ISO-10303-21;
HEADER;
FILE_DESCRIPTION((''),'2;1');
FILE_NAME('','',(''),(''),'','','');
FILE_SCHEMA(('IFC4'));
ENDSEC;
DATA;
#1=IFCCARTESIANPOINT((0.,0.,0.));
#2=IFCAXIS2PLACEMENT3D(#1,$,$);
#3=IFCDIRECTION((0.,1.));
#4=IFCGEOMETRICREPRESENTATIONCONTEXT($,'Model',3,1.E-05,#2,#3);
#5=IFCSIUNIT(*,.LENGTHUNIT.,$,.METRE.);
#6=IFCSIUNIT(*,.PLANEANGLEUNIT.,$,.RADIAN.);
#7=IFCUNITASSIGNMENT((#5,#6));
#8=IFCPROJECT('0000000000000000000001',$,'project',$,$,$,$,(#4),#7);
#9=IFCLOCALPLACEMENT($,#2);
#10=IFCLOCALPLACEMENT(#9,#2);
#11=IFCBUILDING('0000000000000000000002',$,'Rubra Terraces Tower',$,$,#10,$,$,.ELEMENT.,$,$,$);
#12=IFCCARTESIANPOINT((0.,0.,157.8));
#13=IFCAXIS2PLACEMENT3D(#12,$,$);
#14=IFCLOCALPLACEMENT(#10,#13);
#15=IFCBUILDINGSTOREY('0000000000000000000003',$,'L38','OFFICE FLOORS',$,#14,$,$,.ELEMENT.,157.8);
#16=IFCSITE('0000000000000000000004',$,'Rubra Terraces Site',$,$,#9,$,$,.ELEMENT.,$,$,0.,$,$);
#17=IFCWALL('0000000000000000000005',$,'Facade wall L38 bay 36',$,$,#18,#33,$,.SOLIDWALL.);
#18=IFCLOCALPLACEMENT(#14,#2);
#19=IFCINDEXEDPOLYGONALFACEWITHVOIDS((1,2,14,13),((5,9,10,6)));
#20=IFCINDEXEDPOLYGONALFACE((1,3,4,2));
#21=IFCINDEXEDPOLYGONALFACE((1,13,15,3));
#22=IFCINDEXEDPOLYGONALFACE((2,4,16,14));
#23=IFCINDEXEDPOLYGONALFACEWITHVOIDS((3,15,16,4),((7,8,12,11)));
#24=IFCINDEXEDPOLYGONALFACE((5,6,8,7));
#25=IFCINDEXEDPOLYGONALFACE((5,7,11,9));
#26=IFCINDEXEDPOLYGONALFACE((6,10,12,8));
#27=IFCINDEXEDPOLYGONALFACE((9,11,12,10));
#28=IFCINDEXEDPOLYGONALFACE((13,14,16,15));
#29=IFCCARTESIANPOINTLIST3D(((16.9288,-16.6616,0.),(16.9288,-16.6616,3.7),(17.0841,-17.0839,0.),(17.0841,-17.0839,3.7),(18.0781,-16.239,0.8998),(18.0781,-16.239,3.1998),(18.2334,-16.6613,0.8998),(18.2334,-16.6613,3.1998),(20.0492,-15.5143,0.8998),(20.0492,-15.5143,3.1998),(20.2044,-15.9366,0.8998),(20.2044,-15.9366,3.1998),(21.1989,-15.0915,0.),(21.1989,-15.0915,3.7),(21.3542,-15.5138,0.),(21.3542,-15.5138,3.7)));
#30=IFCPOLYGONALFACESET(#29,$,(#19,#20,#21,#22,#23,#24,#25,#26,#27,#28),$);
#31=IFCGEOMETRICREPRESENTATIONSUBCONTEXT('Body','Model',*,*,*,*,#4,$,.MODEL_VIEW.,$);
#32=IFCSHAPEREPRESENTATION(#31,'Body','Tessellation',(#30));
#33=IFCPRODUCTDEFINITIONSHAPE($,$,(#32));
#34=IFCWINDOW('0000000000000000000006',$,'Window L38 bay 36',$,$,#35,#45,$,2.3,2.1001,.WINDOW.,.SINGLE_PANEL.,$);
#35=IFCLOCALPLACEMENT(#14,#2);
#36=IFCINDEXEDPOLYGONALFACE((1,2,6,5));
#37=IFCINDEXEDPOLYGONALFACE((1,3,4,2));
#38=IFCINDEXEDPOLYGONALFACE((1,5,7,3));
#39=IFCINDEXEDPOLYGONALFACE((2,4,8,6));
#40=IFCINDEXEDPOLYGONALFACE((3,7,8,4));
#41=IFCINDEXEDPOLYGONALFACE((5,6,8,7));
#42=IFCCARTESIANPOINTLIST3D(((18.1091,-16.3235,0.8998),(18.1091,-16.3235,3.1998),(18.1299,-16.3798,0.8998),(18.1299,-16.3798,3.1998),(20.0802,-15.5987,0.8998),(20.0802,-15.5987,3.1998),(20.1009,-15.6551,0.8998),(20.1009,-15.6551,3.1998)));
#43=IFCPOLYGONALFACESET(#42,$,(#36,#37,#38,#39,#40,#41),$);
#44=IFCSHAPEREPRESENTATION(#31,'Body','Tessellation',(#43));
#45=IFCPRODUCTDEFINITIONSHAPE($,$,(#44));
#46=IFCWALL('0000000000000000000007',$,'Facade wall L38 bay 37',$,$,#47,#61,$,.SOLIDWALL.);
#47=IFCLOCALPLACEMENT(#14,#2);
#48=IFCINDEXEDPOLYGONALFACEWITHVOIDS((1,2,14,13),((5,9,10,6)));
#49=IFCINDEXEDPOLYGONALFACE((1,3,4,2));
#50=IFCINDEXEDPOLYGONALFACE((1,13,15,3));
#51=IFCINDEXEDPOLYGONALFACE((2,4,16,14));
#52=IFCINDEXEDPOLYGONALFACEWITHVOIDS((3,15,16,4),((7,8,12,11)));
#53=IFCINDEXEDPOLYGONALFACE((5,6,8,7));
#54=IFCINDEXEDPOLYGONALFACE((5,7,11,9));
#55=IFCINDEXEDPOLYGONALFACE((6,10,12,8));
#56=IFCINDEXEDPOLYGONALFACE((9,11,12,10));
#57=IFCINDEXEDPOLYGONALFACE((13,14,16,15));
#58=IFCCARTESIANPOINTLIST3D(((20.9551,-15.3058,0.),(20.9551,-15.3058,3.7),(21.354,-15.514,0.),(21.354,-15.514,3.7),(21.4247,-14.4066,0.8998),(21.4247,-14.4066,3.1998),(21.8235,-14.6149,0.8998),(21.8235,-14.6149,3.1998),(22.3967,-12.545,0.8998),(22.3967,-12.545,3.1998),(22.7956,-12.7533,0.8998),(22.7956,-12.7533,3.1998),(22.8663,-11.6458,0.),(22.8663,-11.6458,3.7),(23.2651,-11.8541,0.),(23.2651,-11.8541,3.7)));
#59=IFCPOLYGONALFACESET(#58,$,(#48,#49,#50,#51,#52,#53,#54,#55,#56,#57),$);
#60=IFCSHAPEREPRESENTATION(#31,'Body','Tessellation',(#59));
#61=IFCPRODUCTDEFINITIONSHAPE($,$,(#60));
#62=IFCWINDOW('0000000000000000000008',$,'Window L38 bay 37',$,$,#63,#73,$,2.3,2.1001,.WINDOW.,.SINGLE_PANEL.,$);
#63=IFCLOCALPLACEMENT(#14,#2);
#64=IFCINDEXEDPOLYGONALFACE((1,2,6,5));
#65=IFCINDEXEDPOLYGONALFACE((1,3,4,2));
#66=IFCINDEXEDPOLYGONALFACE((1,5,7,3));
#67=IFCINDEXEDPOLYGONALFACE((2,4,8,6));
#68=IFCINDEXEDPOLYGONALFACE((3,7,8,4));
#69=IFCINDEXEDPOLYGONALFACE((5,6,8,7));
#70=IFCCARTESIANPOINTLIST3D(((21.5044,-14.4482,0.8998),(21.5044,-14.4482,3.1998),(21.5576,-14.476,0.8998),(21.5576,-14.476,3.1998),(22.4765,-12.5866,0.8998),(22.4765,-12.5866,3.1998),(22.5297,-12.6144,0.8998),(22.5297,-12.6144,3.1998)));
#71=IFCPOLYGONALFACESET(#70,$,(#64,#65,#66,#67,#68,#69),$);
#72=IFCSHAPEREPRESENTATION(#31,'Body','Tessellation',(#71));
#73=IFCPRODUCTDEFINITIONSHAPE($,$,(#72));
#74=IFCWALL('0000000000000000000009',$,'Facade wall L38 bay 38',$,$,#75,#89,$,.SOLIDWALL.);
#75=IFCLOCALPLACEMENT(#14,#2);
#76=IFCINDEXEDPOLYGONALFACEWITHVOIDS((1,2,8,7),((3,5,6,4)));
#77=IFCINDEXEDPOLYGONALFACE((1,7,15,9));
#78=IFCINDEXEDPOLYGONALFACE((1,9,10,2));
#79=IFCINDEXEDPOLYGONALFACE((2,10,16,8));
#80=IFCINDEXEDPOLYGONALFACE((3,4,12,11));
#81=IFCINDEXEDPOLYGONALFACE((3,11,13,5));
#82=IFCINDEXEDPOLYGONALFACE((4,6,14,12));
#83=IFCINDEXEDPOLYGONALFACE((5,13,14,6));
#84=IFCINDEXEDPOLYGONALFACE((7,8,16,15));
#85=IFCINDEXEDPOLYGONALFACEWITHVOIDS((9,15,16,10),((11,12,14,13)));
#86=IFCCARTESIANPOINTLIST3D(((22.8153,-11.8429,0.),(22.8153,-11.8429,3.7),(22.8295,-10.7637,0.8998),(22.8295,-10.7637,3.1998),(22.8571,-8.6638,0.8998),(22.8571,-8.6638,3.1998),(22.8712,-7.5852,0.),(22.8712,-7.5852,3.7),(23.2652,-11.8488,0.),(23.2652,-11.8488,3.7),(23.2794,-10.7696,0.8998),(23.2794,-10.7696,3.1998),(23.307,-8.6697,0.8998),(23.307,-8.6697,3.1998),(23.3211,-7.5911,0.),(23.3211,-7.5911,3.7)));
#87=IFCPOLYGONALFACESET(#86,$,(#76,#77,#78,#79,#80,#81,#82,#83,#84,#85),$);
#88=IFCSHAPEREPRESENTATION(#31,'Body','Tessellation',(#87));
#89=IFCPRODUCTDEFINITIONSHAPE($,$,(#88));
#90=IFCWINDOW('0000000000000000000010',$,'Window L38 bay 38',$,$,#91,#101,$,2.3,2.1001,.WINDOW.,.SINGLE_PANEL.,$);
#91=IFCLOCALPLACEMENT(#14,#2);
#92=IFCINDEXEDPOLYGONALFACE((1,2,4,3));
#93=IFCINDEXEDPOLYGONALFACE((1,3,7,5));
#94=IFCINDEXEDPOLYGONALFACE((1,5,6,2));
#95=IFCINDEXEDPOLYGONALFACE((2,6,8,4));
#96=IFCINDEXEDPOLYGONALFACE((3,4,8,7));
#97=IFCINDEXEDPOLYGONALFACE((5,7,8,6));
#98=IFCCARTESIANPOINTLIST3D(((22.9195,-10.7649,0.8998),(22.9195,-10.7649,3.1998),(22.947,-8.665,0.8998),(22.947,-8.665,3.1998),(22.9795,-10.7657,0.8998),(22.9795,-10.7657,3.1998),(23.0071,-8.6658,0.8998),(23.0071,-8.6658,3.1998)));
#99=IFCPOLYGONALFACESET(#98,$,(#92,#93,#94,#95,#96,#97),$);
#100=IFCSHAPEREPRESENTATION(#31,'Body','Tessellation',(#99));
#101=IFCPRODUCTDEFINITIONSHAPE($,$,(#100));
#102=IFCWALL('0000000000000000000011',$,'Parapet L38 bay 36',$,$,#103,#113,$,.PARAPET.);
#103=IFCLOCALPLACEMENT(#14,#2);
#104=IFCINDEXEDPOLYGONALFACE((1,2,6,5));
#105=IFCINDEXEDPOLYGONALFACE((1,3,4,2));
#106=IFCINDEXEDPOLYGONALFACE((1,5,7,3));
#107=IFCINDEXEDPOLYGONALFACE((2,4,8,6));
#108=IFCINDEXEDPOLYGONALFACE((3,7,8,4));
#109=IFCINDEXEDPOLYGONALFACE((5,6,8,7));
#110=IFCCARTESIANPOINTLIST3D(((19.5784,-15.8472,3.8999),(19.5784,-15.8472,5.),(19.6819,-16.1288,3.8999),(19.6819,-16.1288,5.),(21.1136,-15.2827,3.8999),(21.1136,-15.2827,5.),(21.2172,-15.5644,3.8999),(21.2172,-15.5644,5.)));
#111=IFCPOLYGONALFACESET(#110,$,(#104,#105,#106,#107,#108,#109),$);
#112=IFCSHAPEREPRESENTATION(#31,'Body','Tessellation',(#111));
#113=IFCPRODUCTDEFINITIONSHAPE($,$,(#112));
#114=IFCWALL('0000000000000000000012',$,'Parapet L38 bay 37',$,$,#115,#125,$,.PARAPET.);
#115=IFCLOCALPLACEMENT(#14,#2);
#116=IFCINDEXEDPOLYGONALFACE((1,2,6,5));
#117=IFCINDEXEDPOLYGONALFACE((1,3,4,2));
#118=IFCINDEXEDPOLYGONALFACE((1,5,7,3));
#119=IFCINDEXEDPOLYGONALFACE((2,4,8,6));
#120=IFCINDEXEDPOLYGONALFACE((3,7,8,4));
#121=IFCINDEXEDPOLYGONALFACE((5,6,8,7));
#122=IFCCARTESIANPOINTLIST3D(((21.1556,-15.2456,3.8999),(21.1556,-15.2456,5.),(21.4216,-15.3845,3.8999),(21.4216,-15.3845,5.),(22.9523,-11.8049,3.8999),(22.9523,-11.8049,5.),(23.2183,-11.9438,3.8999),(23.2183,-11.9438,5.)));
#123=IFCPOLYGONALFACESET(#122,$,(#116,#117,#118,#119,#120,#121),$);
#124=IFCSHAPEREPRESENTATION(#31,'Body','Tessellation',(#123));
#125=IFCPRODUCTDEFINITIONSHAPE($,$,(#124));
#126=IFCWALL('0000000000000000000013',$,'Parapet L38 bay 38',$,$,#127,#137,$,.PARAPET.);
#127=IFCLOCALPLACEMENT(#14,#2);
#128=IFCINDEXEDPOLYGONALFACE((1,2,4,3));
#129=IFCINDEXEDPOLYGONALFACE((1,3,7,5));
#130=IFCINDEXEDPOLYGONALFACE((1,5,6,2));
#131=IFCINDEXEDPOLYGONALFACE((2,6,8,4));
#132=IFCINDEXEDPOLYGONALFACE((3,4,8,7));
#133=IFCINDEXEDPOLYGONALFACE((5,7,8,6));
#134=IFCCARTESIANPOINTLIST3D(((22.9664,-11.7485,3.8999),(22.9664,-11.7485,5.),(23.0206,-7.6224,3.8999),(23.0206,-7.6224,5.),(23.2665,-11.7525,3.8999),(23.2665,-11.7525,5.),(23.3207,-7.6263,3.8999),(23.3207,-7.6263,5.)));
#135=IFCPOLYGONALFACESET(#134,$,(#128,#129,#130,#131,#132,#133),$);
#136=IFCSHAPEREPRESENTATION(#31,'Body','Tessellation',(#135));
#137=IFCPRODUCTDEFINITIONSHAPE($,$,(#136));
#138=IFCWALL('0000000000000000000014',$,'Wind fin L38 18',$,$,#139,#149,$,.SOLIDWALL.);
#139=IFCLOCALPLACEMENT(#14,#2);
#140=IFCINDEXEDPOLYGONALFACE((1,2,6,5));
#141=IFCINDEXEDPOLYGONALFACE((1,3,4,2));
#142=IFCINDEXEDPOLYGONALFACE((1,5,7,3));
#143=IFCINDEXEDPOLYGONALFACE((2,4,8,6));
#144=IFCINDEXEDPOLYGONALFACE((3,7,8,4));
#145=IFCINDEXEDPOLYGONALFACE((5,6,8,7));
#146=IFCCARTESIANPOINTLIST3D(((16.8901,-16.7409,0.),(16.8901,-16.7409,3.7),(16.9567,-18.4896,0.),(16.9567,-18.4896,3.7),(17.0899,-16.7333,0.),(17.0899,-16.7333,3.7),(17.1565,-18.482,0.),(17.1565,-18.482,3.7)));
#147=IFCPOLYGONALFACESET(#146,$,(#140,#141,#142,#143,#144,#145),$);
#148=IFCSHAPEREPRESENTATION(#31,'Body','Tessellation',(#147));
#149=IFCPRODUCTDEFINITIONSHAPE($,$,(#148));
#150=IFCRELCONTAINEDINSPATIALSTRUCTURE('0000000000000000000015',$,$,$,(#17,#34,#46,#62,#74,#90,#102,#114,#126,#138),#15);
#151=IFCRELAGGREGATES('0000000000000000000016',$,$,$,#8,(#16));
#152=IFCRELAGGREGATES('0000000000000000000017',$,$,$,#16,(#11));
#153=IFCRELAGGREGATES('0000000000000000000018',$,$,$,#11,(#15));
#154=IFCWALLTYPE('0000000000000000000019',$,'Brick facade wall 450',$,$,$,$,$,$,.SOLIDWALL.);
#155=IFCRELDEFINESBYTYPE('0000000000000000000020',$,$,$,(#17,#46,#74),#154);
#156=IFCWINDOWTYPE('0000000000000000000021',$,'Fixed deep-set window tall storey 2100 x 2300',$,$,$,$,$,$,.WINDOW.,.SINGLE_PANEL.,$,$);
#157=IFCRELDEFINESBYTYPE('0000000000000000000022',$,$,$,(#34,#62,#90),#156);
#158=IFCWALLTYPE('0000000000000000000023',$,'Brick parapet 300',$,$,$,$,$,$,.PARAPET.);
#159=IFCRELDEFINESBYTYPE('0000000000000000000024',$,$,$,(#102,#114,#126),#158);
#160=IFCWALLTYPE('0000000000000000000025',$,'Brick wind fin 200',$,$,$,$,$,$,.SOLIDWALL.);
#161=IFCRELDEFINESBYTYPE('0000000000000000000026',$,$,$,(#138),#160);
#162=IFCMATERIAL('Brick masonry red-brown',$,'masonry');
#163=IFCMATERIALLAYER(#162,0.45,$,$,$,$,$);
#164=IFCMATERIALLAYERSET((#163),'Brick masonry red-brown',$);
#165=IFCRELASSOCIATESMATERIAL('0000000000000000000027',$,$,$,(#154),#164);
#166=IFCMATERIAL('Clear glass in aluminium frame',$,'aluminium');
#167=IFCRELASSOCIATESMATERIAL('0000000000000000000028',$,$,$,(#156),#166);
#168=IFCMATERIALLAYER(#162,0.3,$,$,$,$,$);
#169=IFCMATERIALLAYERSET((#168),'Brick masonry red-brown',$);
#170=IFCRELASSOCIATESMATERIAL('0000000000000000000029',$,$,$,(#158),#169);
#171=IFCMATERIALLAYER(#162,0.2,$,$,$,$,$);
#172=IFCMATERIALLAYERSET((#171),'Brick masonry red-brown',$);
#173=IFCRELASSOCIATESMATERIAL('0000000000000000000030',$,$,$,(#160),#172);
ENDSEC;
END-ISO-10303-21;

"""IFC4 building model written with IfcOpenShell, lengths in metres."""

from ifc_helpers import new_model, si_unit, direction, frame, frame_2d, origin, place, context, subcontext, project, spatial, rectangle, extrude, material, layer, layer_set, type_object, element, fill, save


model = new_model("IFC4")

# Units and contexts
model_context = context("Model", 3, precision=1e-05, world=origin(), true_north=direction((0.0, 1.0)))
body_context = subcontext(model_context, "Body", "Model", "MODEL_VIEW")
ifc_project = project(units=[si_unit("LENGTHUNIT", "METRE"), si_unit("PLANEANGLEUNIT", "RADIAN")], contexts=[model_context])

# Site, building, storey
site_placement = place(None, origin())
site = spatial("IfcSite", under=ifc_project, at=site_placement, Name="Rubra Terraces Site", CompositionType="ELEMENT", RefElevation=0.0)
building_placement = place(site_placement, origin())
building = spatial("IfcBuilding", under=site, at=building_placement, Name="Rubra Terraces Tower", CompositionType="ELEMENT")
storey_placement = place(building_placement, frame((0.0, 0.0, 157.8)))
storey = spatial("IfcBuildingStorey", under=building, at=storey_placement, Name="L38", Description="OFFICE FLOORS", CompositionType="ELEMENT", Elevation=157.8)

# Walls, openings, windows
ifc_material_1 = material(Name="Brick masonry red-brown", Category="masonry")
ifc_layer_1 = layer(ifc_material_1, 0.45)
ifc_layer_set_1 = layer_set([ifc_layer_1], Name="Brick masonry red-brown")
wall_type_1 = type_object("IfcWallType", Name="Brick facade wall 450", PredefinedType="SOLIDWALL", material=ifc_layer_set_1)
wall_1_placement = place(storey_placement, frame((17.0063, -16.8728, 0.0), z_axis=(0.0, 0.0, 1.0), x_axis=(0.938564, 0.345106, 0.0)))
wall_1 = element("IfcWall", 1, at=wall_1_placement, inside=storey, type_object=wall_type_1, Name="Facade wall L38 bay 36", PredefinedType="SOLIDWALL", context=body_context, shape_type="SweptSolid", body=[
    extrude(rectangle(XDim=4.5496, YDim=0.45, at=frame_2d((2.2749, 0.0))), origin(), (0.0, 0.0, 1.0), 3.7),
])
opening_1_placement = place(wall_1_placement, frame((1.2246, 0.0, 0.8999)))
opening_1 = element("IfcOpeningElement", 2, at=opening_1_placement, cuts=wall_1, PredefinedType="OPENING", context=body_context, shape_type="SweptSolid", body=[
    extrude(rectangle(XDim=2.1001, YDim=2.3, at=frame_2d((1.05, 1.1499))), frame((0.0, 0.2349, 0.0), z_axis=(0.0, -1.0, 0.0), x_axis=(1.0, 0.0, 0.0)), (0.0, 0.0, 1.0), 0.47),
])
ifc_material_2 = material(Name="Clear glass in aluminium frame", Category="aluminium")
window_type = type_object("IfcWindowType", Name="Fixed deep-set window tall storey 2100 x 2300", PartitioningType="SINGLE_PANEL", PredefinedType="WINDOW", material=ifc_material_2)
window_1_placement = place(opening_1_placement, origin())
window_1 = element("IfcWindow", 3, at=window_1_placement, inside=storey, type_object=window_type, Name="Window L38 bay 36", OverallHeight=2.3, OverallWidth=2.1001, PartitioningType="SINGLE_PANEL", PredefinedType="WINDOW", context=body_context, shape_type="SweptSolid", body=[
    extrude(rectangle(XDim=2.1001, YDim=2.3, at=frame_2d((1.05, 1.1499))), frame((0.0, 0.135, 0.0), z_axis=(0.0, -1.0, 0.0), x_axis=(1.0, 0.0, 0.0)), (0.0, 0.0, 1.0), 0.0601),
])
fill(opening_1, window_1)
wall_2_placement = place(storey_placement, frame((21.1545, -15.4099, 0.0), z_axis=(0.0, 0.0, 1.0), x_axis=(0.462873, 0.886425, 0.0)))
wall_2 = element("IfcWall", 4, at=wall_2_placement, inside=storey, type_object=wall_type_1, Name="Facade wall L38 bay 37", PredefinedType="SOLIDWALL", context=body_context, shape_type="SweptSolid", body=[
    extrude(rectangle(XDim=4.1289, YDim=0.45, at=frame_2d((2.0645, 0.0))), origin(), (0.0, 0.0, 1.0), 3.7),
])
opening_2_placement = place(wall_2_placement, frame((1.0144, 0.0, 0.8999)))
opening_2 = element("IfcOpeningElement", 5, at=opening_2_placement, cuts=wall_2, PredefinedType="OPENING", context=body_context, shape_type="SweptSolid", body=[
    extrude(rectangle(XDim=2.1001, YDim=2.3, at=frame_2d((1.05, 1.1499))), frame((0.0, 0.2349, 0.0), z_axis=(0.0, -1.0, 0.0), x_axis=(1.0, 0.0, 0.0)), (0.0, 0.0, 1.0), 0.47),
])
window_2_placement = place(opening_2_placement, origin())
window_2 = element("IfcWindow", 6, at=window_2_placement, inside=storey, type_object=window_type, Name="Window L38 bay 37", OverallHeight=2.3, OverallWidth=2.1001, PartitioningType="SINGLE_PANEL", PredefinedType="WINDOW", context=body_context, shape_type="SweptSolid", body=[
    extrude(rectangle(XDim=2.1001, YDim=2.3, at=frame_2d((1.05, 1.1499))), frame((0.0, 0.135, 0.0), z_axis=(0.0, -1.0, 0.0), x_axis=(1.0, 0.0, 0.0)), (0.0, 0.0, 1.0), 0.0601),
])
fill(opening_2, window_2)
wall_3_placement = place(storey_placement, frame((23.0403, -11.8457, 0.0), z_axis=(0.0, 0.0, 1.0), x_axis=(0.01313, 0.999914, 0.0)))
wall_3 = element("IfcWall", 7, at=wall_3_placement, inside=storey, type_object=wall_type_1, Name="Facade wall L38 bay 38", PredefinedType="SOLIDWALL", context=body_context, shape_type="SweptSolid", body=[
    extrude(rectangle(XDim=4.2581, YDim=0.45, at=frame_2d((2.1289, 0.0))), origin(), (0.0, 0.0, 1.0), 3.7),
])
opening_3_placement = place(wall_3_placement, frame((1.0791, 0.0, 0.8999)))
opening_3 = element("IfcOpeningElement", 8, at=opening_3_placement, cuts=wall_3, PredefinedType="OPENING", context=body_context, shape_type="SweptSolid", body=[
    extrude(rectangle(XDim=2.1001, YDim=2.3, at=frame_2d((1.05, 1.1499))), frame((0.0, 0.2349, 0.0), z_axis=(0.0, -1.0, 0.0), x_axis=(1.0, 0.0, 0.0)), (0.0, 0.0, 1.0), 0.47),
])
window_3_placement = place(opening_3_placement, origin())
window_3 = element("IfcWindow", 9, at=window_3_placement, inside=storey, type_object=window_type, Name="Window L38 bay 38", OverallHeight=2.3, OverallWidth=2.1001, PartitioningType="SINGLE_PANEL", PredefinedType="WINDOW", context=body_context, shape_type="SweptSolid", body=[
    extrude(rectangle(XDim=2.1001, YDim=2.3, at=frame_2d((1.05, 1.1499))), frame((0.0, 0.135, 0.0), z_axis=(0.0, -1.0, 0.0), x_axis=(1.0, 0.0, 0.0)), (0.0, 0.0, 1.0), 0.0601),
])
fill(opening_3, window_3)

# Walls
ifc_layer_2 = layer(ifc_material_1, 0.3)
ifc_layer_set_2 = layer_set([ifc_layer_2], Name="Brick masonry red-brown")
wall_type_2 = type_object("IfcWallType", Name="Brick parapet 300", PredefinedType="PARAPET", material=ifc_layer_set_2)
wall_4_placement = place(storey_placement, frame((19.6301, -15.988, 3.8999), z_axis=(0.0, 0.0, 1.0), x_axis=(0.938567, 0.345097, 0.0)))
element("IfcWall", 10, at=wall_4_placement, inside=storey, type_object=wall_type_2, Name="Parapet L38 bay 36", PredefinedType="PARAPET", context=body_context, shape_type="SweptSolid", body=[
    extrude(rectangle(XDim=1.6357, YDim=0.3, at=frame_2d((0.8179, 0.0))), origin(), (0.0, 0.0, 1.0), 1.1001),
])
wall_5_placement = place(storey_placement, frame((21.2886, -15.3152, 3.8999), z_axis=(0.0, 0.0, 1.0), x_axis=(0.462869, 0.886427, 0.0)))
element("IfcWall", 11, at=wall_5_placement, inside=storey, type_object=wall_type_2, Name="Parapet L38 bay 37", PredefinedType="PARAPET", context=body_context, shape_type="SweptSolid", body=[
    extrude(rectangle(XDim=3.8816, YDim=0.3, at=frame_2d((1.9409, 0.0))), origin(), (0.0, 0.0, 1.0), 1.1001),
])
wall_6_placement = place(storey_placement, frame((23.1165, -11.7505, 3.8999), z_axis=(0.0, 0.0, 1.0), x_axis=(0.013134, 0.999914, 0.0)))
element("IfcWall", 12, at=wall_6_placement, inside=storey, type_object=wall_type_2, Name="Parapet L38 bay 38", PredefinedType="PARAPET", context=body_context, shape_type="SweptSolid", body=[
    extrude(rectangle(XDim=4.1265, YDim=0.3, at=frame_2d((2.0632, 0.0))), origin(), (0.0, 0.0, 1.0), 1.1001),
])
ifc_layer_3 = layer(ifc_material_1, 0.2)
ifc_layer_set_3 = layer_set([ifc_layer_3], Name="Brick masonry red-brown")
wall_type_3 = type_object("IfcWallType", Name="Brick wind fin 200", PredefinedType="SOLIDWALL", material=ifc_layer_set_3)
wall_7_placement = place(storey_placement, frame((16.99, -16.7371, 0.0), z_axis=(0.0, 0.0, 1.0), x_axis=(0.038085, -0.999275, 0.0)))
element("IfcWall", 13, at=wall_7_placement, inside=storey, type_object=wall_type_3, Name="Wind fin L38 18", PredefinedType="SOLIDWALL", context=body_context, shape_type="SweptSolid", body=[
    extrude(rectangle(XDim=1.75, YDim=0.2, at=frame_2d((0.875, 0.0))), origin(), (0.0, 0.0, 1.0), 3.7),
])

save(model, "model.ifc")
